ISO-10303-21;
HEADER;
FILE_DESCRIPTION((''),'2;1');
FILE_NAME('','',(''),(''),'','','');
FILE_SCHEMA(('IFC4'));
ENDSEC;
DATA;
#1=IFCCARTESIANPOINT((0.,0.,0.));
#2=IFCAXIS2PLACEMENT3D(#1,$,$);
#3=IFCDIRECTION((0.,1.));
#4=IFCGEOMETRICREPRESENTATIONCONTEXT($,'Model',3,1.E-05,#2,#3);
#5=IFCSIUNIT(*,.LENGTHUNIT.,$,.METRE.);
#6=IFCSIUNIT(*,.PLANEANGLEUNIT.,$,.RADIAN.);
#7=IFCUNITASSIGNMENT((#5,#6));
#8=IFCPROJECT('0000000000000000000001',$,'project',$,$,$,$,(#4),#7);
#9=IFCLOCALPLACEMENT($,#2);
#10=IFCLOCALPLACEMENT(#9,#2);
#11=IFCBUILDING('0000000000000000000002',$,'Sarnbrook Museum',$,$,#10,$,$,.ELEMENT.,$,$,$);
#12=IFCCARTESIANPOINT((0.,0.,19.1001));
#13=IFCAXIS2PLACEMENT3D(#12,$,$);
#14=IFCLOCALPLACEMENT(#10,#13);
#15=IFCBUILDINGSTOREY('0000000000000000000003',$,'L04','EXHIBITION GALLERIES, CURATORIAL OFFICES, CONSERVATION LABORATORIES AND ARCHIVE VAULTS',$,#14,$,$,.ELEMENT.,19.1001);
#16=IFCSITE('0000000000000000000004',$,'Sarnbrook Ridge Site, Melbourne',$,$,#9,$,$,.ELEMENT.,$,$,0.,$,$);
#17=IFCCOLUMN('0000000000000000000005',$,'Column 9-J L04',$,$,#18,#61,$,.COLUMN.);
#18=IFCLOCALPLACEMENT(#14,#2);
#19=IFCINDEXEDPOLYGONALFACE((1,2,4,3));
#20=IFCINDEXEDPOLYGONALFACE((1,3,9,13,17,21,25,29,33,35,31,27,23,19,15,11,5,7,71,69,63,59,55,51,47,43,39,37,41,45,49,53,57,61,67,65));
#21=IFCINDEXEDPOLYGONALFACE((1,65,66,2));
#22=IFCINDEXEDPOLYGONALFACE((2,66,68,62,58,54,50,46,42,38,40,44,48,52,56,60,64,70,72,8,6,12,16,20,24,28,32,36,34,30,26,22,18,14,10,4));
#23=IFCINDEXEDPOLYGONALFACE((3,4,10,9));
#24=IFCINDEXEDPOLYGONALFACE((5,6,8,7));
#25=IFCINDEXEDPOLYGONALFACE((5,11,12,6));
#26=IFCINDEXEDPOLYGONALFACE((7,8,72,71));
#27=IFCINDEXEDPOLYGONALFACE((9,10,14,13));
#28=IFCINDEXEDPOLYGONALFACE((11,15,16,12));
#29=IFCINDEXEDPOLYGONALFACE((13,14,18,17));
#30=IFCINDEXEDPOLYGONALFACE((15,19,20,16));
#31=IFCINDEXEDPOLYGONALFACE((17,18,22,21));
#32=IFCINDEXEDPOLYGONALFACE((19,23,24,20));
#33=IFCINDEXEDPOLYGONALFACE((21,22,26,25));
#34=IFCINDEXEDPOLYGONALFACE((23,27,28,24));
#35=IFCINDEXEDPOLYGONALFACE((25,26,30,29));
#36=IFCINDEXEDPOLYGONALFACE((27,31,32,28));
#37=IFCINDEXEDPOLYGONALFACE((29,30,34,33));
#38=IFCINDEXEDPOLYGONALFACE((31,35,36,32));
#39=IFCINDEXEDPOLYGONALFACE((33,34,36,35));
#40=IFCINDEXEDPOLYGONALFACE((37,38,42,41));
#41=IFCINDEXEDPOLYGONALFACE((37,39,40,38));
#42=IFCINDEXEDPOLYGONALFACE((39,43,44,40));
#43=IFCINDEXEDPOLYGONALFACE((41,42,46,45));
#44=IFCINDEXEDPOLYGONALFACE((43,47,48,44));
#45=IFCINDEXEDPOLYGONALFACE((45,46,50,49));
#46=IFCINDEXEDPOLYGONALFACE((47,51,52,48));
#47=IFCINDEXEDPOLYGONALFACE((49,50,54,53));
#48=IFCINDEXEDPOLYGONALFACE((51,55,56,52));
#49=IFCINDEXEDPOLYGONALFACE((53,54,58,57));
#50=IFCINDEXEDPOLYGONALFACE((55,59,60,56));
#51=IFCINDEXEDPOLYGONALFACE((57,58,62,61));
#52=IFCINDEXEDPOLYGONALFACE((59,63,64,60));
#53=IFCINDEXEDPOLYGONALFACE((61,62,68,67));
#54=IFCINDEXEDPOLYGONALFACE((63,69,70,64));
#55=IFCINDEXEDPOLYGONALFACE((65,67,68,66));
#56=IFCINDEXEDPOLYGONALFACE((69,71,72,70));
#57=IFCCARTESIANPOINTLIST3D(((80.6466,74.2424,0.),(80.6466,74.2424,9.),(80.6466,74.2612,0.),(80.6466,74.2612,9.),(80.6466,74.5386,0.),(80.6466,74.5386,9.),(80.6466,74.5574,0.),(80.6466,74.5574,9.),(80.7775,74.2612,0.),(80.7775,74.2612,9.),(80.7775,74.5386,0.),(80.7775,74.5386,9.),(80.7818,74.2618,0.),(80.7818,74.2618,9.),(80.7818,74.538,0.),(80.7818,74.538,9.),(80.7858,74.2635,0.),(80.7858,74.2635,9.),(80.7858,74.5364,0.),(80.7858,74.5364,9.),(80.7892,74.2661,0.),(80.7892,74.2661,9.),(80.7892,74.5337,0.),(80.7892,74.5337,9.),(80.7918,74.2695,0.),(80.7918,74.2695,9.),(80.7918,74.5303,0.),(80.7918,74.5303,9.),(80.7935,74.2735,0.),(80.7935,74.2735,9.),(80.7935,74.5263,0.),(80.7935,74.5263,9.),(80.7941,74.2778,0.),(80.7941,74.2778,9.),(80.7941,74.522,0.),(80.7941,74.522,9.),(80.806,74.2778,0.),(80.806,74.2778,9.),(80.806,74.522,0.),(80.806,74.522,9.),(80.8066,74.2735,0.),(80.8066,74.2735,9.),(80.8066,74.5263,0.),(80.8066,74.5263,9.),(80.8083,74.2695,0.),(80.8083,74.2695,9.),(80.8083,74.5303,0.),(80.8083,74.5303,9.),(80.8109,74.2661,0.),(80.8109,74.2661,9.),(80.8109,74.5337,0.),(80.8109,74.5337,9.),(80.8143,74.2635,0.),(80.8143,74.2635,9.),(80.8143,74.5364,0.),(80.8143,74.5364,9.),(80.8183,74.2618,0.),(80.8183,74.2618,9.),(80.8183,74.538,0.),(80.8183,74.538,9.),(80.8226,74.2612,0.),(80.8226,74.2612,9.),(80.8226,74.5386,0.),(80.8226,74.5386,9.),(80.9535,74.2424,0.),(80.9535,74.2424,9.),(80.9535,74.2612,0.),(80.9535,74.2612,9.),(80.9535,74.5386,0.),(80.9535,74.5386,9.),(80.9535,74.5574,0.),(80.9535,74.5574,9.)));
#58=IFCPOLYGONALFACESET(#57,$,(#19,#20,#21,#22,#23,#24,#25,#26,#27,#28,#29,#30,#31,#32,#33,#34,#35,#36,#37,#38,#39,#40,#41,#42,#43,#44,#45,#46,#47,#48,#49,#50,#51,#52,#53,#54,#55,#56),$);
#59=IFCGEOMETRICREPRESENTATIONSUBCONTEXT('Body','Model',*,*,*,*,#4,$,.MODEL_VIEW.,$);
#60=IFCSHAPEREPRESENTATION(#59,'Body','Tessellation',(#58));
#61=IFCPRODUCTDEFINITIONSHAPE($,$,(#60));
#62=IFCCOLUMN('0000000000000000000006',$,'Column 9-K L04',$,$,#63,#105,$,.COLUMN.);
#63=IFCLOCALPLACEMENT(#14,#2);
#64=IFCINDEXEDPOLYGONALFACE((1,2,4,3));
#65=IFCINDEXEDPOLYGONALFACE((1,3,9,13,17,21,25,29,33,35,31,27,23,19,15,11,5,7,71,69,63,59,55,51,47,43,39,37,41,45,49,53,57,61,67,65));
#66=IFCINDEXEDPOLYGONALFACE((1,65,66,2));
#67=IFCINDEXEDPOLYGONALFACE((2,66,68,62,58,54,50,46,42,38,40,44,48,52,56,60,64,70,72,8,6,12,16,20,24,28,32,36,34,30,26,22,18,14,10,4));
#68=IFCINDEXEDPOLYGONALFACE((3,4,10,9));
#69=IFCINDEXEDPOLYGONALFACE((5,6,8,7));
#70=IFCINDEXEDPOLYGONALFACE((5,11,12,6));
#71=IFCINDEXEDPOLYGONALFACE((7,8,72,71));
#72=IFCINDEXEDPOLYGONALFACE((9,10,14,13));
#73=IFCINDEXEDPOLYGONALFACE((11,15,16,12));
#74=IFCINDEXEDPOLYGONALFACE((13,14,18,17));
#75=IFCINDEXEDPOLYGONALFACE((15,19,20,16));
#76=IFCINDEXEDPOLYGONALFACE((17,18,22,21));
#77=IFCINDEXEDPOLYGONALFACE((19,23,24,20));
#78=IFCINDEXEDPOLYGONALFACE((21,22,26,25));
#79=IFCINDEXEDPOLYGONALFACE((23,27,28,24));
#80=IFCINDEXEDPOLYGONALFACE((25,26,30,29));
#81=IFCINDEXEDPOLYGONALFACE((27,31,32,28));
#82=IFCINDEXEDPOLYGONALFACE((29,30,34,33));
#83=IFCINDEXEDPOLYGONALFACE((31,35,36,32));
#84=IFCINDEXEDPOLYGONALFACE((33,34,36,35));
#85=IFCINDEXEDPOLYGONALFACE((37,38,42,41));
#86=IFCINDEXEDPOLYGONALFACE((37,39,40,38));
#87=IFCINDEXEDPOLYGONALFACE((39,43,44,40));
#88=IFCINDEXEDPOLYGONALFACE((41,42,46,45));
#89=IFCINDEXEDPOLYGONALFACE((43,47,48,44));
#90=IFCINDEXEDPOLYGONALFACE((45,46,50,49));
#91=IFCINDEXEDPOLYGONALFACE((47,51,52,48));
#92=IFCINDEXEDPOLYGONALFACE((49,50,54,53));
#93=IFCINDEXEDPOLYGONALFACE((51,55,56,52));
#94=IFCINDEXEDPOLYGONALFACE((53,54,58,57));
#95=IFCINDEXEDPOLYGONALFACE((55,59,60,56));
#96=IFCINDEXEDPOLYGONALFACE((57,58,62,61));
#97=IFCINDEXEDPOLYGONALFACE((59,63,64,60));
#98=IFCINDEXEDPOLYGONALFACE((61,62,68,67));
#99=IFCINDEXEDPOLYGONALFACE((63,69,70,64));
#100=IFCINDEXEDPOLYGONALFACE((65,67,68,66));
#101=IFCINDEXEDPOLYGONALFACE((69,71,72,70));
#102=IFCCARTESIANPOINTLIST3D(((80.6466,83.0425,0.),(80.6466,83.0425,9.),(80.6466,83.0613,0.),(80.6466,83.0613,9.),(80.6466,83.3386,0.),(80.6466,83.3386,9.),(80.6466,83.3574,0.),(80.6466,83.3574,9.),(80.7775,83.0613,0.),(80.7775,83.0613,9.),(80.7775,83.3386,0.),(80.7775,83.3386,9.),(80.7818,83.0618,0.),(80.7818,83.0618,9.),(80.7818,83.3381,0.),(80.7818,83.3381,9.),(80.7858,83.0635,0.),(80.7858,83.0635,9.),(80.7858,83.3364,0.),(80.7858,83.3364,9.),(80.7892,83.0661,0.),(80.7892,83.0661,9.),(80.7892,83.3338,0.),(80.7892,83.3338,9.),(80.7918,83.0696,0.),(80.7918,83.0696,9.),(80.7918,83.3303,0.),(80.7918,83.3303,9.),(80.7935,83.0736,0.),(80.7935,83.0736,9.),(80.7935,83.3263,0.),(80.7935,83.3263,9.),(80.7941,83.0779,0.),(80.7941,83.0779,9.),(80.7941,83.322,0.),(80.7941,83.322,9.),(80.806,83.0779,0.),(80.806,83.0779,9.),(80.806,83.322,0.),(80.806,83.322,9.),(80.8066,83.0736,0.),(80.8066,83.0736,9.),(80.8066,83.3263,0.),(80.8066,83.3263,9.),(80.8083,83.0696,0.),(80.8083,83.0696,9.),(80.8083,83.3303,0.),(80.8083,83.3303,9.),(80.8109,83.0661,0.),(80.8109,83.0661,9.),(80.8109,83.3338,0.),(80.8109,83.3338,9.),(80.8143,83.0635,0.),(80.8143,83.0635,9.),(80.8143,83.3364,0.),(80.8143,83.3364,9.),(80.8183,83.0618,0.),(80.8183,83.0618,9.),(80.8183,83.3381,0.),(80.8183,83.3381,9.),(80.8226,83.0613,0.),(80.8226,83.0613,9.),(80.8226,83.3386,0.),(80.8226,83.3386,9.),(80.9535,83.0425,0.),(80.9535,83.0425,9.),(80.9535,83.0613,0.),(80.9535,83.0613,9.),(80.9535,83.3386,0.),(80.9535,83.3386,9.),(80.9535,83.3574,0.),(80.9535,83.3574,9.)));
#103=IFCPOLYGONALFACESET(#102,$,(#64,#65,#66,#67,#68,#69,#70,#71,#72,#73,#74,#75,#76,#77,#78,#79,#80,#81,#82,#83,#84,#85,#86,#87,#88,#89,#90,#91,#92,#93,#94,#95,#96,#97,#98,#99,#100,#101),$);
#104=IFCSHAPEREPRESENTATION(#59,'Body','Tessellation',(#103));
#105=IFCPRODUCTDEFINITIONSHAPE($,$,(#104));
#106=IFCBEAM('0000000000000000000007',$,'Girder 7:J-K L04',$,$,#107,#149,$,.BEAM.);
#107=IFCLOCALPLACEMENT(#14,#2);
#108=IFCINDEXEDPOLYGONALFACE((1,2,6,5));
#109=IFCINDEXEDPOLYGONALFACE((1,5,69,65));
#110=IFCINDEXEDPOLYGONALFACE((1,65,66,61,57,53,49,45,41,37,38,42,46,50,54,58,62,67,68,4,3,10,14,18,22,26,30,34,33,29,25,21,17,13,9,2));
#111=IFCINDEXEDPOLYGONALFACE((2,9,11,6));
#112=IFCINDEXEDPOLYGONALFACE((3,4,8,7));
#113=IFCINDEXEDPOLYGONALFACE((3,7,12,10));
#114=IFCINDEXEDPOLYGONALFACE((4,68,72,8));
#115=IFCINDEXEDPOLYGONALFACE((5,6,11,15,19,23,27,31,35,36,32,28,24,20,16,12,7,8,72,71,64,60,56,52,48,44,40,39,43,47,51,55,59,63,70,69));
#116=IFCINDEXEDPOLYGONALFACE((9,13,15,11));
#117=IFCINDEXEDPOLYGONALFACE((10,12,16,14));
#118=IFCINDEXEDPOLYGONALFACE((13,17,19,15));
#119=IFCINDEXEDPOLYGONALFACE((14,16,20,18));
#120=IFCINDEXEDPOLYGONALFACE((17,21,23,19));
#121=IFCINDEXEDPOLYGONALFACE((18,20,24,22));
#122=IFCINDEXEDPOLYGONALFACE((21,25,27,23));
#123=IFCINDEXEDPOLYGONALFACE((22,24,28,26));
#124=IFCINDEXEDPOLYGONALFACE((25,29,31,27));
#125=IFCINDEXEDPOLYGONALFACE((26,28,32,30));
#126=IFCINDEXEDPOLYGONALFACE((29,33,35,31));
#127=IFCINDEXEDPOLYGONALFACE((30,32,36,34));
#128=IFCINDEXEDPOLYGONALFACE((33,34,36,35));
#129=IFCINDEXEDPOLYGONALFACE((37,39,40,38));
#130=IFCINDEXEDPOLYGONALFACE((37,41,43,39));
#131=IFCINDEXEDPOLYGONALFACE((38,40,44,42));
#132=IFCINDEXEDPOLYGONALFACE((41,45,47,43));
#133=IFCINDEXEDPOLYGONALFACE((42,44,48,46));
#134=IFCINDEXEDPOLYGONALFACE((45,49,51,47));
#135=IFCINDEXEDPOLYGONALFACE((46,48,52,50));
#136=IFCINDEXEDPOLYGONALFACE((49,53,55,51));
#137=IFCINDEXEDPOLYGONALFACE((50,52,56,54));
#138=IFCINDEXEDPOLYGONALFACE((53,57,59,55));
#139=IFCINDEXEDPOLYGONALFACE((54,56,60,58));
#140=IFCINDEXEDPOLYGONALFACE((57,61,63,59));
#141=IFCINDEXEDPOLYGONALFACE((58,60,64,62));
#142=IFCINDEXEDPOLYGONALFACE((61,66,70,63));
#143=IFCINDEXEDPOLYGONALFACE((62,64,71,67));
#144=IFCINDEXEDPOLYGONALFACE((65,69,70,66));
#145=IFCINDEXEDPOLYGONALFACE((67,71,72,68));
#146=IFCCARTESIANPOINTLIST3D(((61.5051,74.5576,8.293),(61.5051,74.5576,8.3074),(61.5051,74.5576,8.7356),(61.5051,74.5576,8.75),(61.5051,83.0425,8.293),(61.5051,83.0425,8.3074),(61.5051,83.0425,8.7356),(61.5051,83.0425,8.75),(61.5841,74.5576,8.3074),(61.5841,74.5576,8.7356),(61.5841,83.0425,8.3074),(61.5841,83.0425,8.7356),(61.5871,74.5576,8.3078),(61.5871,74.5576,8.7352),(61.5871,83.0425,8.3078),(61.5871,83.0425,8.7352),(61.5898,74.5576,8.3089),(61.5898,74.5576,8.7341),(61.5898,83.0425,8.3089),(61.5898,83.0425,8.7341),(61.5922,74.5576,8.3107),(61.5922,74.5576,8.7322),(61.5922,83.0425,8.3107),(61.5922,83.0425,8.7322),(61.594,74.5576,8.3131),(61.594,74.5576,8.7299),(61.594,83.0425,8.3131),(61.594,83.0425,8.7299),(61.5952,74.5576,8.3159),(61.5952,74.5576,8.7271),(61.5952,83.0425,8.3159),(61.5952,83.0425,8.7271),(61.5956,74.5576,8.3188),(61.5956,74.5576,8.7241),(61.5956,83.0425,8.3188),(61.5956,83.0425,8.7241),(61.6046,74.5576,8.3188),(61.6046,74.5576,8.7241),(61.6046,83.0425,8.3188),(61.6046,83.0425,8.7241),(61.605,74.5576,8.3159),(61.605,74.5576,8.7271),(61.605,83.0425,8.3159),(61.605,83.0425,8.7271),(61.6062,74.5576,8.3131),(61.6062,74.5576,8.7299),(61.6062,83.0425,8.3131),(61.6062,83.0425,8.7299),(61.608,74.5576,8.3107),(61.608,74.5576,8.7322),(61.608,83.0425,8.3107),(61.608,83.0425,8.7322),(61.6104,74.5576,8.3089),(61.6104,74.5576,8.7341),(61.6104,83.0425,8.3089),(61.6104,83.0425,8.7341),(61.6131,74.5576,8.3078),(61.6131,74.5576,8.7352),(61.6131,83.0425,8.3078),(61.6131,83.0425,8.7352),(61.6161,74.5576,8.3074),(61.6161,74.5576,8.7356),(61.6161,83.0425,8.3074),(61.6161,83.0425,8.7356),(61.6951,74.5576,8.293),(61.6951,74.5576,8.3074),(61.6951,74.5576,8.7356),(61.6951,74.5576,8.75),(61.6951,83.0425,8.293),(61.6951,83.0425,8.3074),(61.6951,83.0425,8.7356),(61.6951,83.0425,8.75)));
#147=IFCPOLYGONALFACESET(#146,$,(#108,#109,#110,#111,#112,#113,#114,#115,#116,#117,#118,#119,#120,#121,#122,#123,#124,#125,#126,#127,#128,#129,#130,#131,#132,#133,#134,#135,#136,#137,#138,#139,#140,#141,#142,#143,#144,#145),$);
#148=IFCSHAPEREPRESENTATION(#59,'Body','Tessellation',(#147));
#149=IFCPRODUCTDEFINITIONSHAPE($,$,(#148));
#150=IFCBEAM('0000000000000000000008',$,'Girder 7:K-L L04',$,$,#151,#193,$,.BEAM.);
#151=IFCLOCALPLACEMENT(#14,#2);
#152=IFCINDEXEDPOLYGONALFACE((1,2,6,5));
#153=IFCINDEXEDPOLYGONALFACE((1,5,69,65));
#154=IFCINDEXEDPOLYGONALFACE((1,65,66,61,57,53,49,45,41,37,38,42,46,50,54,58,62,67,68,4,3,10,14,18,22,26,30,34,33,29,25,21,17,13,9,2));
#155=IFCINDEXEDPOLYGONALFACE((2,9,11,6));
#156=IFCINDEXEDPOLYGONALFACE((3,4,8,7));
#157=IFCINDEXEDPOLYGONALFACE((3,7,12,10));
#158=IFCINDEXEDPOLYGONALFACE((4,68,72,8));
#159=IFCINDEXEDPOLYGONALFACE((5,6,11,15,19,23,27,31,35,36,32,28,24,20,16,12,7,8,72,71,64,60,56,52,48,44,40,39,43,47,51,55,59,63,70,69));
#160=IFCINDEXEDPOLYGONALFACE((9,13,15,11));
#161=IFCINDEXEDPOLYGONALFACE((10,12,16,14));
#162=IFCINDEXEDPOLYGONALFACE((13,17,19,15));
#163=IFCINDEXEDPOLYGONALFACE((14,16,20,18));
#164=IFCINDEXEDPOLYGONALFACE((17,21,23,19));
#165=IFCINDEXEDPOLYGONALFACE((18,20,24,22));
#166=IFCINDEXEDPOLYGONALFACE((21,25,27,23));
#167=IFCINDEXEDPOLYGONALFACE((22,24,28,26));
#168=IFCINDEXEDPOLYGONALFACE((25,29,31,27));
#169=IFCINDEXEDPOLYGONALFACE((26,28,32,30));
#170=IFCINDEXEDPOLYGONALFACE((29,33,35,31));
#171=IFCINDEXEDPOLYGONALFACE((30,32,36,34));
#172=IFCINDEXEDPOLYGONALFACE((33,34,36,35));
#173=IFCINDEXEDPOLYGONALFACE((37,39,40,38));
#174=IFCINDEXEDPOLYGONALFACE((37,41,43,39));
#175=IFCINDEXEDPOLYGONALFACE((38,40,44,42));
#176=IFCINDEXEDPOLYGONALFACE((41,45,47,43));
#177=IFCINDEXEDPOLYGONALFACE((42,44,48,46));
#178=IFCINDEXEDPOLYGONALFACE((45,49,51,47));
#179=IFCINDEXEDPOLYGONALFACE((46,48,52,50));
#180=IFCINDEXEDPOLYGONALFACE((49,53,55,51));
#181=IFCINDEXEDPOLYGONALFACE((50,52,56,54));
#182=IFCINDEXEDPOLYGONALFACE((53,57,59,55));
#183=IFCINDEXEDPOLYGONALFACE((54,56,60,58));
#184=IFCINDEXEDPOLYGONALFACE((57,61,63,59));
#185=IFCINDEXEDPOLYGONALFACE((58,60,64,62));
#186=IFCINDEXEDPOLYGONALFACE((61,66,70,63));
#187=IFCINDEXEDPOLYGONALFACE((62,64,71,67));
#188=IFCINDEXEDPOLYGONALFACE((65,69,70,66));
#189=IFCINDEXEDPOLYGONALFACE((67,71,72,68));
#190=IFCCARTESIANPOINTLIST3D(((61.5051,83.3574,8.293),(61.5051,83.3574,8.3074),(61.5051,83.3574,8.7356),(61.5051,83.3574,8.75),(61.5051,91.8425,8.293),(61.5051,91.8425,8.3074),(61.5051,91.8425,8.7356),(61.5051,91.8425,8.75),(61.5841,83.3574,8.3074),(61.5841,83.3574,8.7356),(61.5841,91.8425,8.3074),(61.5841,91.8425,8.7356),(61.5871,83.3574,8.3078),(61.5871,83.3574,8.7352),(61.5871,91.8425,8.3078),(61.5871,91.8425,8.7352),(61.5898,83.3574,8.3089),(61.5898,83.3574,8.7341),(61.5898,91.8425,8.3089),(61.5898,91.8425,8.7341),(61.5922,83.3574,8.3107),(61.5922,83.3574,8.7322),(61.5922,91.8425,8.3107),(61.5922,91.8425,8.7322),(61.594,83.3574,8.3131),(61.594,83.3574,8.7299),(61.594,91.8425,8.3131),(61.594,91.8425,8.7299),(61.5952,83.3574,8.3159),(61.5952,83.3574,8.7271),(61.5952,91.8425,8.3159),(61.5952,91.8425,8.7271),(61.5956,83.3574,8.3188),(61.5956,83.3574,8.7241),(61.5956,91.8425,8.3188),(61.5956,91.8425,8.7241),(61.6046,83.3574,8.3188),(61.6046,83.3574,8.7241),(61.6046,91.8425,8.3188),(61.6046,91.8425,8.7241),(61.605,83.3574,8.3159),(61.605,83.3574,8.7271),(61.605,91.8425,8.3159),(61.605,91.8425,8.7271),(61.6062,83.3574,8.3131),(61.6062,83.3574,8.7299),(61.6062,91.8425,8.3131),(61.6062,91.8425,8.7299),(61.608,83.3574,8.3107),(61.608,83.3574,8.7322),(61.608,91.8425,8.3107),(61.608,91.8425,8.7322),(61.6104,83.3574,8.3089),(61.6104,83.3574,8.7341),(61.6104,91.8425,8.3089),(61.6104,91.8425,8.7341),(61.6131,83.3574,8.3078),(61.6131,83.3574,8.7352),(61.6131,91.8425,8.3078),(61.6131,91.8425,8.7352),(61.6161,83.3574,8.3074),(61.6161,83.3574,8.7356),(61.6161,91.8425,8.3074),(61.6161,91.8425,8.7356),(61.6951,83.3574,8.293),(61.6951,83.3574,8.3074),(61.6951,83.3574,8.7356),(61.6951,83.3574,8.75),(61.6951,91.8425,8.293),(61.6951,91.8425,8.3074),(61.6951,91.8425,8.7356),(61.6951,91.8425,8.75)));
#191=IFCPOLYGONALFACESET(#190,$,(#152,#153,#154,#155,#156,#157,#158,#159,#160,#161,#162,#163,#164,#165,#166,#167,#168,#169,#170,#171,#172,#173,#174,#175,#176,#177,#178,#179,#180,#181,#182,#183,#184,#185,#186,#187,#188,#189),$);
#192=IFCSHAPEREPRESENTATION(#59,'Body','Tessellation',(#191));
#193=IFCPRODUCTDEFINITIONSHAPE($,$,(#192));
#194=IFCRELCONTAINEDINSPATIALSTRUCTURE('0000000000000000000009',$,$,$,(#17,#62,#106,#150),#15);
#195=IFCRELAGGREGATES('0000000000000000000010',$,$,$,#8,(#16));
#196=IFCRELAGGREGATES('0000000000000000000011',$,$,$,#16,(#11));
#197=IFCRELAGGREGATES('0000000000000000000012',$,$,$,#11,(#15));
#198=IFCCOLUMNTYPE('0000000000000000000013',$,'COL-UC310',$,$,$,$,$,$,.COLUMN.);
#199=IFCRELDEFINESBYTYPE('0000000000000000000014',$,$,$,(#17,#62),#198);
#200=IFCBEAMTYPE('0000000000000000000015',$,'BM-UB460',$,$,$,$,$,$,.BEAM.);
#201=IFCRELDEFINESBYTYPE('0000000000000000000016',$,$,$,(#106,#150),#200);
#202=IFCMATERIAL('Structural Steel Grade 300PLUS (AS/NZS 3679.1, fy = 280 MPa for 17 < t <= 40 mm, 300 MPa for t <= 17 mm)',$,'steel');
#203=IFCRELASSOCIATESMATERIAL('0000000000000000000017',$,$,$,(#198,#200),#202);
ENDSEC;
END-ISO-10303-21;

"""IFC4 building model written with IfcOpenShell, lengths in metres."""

from ifc_helpers import new_model, si_unit, direction, frame, origin, origin_2d, place, context, subcontext, project, spatial, i_section, extrude, material, material_profile, profile_set, type_object, element, save


model = new_model("IFC4")

# Units and contexts
model_context = context("Model", 3, precision=1e-05, world=origin(), true_north=direction((0.0, 1.0)))
body_context = subcontext(model_context, "Body", "Model", "MODEL_VIEW")
ifc_project = project(units=[si_unit("LENGTHUNIT", "METRE"), si_unit("PLANEANGLEUNIT", "RADIAN")], contexts=[model_context])

# Site, building, storey
site_placement = place(None, origin())
site = spatial("IfcSite", under=ifc_project, at=site_placement, Name="Sarnbrook Ridge Site, Melbourne", CompositionType="ELEMENT", RefElevation=0.0)
building_placement = place(site_placement, origin())
building = spatial("IfcBuilding", under=site, at=building_placement, Name="Sarnbrook Museum", CompositionType="ELEMENT")
storey_placement = place(building_placement, frame((0.0, 0.0, 19.1001)))
storey = spatial("IfcBuildingStorey", under=building, at=storey_placement, Name="L04", Description="EXHIBITION GALLERIES, CURATORIAL OFFICES, CONSERVATION LABORATORIES AND ARCHIVE VAULTS", CompositionType="ELEMENT", Elevation=19.1001)

# Columns
ifc_material_1 = material(Name="Structural Steel Grade 300PLUS (AS/NZS 3679.1, fy = 280 MPa for 17 < t <= 40 mm, 300 MPa for t <= 17 mm)", Category="steel")
ifc_material_profile_1 = material_profile(ifc_material_1, i_section(OverallWidth=0.3069, OverallDepth=0.3149, WebThickness=0.012, FlangeThickness=0.0188, FilletRadius=0.0166, at=origin_2d()), Name="310UC118")
ifc_profile_set_1 = profile_set([ifc_material_profile_1], Name="Structural Steel Grade 300PLUS (AS/NZS 3679.1, fy = 280 MPa for 17 < t <= 40 mm, 300 MPa for t <= 17 mm)")
column_type = type_object("IfcColumnType", Name="COL-UC310", PredefinedType="COLUMN", material=ifc_profile_set_1)
for number, where, z_axis, x_axis, name in (
    (1, (80.8, 74.3999, 0.0), (0.0, 0.0, 1.0), (1.0, 0.0, 0.0), "Column 9-J L04"),
    (2, (80.8, 83.2, 0.0), (0.0, 0.0, 1.0), (1.0, 0.0, 0.0), "Column 9-K L04"),
):
    element("IfcColumn", number, at=place(storey_placement, frame(where, z_axis=z_axis, x_axis=x_axis)), inside=storey, type_object=column_type, Name=name, PredefinedType="COLUMN", context=body_context, shape_type="SweptSolid", body=[
        extrude(i_section(OverallWidth=0.3069, OverallDepth=0.3149, WebThickness=0.012, FlangeThickness=0.0188, FilletRadius=0.0166, at=origin_2d()), origin(), (0.0, 0.0, 1.0), 9.0),
    ])

# Beams
ifc_material_profile_2 = material_profile(ifc_material_1, i_section(OverallWidth=0.1899, OverallDepth=0.457, WebThickness=0.009, FlangeThickness=0.0144, FilletRadius=0.0115, at=origin_2d()), Name="460UB74.6")
ifc_profile_set_2 = profile_set([ifc_material_profile_2], Name="Structural Steel Grade 300PLUS (AS/NZS 3679.1, fy = 280 MPa for 17 < t <= 40 mm, 300 MPa for t <= 17 mm)")
beam_type_1 = type_object("IfcBeamType", Name="BM-UB460", PredefinedType="BEAM", material=ifc_profile_set_2)
beam_1_placement = place(storey_placement, frame((61.6001, 74.5576, 8.5215), z_axis=(0.0, 1.0, 0.0), x_axis=(-1.0, 0.0, 0.0)))
element("IfcBeam", 3, at=beam_1_placement, inside=storey, type_object=beam_type_1, Name="Girder 7:J-K L04", PredefinedType="BEAM", context=body_context, shape_type="SweptSolid", body=[
    extrude(i_section(OverallWidth=0.1899, OverallDepth=0.457, WebThickness=0.009, FlangeThickness=0.0144, FilletRadius=0.0115, at=origin_2d()), origin(), (0.0, 0.0, 1.0), 8.4849),
])
beam_2_placement = place(storey_placement, frame((61.6001, 83.3574, 8.5215), z_axis=(0.0, 1.0, 0.0), x_axis=(-1.0, 0.0, 0.0)))
element("IfcBeam", 4, at=beam_2_placement, inside=storey, type_object=beam_type_1, Name="Girder 7:K-L L04", PredefinedType="BEAM", context=body_context, shape_type="SweptSolid", body=[
    extrude(i_section(OverallWidth=0.1899, OverallDepth=0.457, WebThickness=0.009, FlangeThickness=0.0144, FilletRadius=0.0115, at=origin_2d()), origin(), (0.0, 0.0, 1.0), 8.4851),
])

save(model, "model.ifc")
